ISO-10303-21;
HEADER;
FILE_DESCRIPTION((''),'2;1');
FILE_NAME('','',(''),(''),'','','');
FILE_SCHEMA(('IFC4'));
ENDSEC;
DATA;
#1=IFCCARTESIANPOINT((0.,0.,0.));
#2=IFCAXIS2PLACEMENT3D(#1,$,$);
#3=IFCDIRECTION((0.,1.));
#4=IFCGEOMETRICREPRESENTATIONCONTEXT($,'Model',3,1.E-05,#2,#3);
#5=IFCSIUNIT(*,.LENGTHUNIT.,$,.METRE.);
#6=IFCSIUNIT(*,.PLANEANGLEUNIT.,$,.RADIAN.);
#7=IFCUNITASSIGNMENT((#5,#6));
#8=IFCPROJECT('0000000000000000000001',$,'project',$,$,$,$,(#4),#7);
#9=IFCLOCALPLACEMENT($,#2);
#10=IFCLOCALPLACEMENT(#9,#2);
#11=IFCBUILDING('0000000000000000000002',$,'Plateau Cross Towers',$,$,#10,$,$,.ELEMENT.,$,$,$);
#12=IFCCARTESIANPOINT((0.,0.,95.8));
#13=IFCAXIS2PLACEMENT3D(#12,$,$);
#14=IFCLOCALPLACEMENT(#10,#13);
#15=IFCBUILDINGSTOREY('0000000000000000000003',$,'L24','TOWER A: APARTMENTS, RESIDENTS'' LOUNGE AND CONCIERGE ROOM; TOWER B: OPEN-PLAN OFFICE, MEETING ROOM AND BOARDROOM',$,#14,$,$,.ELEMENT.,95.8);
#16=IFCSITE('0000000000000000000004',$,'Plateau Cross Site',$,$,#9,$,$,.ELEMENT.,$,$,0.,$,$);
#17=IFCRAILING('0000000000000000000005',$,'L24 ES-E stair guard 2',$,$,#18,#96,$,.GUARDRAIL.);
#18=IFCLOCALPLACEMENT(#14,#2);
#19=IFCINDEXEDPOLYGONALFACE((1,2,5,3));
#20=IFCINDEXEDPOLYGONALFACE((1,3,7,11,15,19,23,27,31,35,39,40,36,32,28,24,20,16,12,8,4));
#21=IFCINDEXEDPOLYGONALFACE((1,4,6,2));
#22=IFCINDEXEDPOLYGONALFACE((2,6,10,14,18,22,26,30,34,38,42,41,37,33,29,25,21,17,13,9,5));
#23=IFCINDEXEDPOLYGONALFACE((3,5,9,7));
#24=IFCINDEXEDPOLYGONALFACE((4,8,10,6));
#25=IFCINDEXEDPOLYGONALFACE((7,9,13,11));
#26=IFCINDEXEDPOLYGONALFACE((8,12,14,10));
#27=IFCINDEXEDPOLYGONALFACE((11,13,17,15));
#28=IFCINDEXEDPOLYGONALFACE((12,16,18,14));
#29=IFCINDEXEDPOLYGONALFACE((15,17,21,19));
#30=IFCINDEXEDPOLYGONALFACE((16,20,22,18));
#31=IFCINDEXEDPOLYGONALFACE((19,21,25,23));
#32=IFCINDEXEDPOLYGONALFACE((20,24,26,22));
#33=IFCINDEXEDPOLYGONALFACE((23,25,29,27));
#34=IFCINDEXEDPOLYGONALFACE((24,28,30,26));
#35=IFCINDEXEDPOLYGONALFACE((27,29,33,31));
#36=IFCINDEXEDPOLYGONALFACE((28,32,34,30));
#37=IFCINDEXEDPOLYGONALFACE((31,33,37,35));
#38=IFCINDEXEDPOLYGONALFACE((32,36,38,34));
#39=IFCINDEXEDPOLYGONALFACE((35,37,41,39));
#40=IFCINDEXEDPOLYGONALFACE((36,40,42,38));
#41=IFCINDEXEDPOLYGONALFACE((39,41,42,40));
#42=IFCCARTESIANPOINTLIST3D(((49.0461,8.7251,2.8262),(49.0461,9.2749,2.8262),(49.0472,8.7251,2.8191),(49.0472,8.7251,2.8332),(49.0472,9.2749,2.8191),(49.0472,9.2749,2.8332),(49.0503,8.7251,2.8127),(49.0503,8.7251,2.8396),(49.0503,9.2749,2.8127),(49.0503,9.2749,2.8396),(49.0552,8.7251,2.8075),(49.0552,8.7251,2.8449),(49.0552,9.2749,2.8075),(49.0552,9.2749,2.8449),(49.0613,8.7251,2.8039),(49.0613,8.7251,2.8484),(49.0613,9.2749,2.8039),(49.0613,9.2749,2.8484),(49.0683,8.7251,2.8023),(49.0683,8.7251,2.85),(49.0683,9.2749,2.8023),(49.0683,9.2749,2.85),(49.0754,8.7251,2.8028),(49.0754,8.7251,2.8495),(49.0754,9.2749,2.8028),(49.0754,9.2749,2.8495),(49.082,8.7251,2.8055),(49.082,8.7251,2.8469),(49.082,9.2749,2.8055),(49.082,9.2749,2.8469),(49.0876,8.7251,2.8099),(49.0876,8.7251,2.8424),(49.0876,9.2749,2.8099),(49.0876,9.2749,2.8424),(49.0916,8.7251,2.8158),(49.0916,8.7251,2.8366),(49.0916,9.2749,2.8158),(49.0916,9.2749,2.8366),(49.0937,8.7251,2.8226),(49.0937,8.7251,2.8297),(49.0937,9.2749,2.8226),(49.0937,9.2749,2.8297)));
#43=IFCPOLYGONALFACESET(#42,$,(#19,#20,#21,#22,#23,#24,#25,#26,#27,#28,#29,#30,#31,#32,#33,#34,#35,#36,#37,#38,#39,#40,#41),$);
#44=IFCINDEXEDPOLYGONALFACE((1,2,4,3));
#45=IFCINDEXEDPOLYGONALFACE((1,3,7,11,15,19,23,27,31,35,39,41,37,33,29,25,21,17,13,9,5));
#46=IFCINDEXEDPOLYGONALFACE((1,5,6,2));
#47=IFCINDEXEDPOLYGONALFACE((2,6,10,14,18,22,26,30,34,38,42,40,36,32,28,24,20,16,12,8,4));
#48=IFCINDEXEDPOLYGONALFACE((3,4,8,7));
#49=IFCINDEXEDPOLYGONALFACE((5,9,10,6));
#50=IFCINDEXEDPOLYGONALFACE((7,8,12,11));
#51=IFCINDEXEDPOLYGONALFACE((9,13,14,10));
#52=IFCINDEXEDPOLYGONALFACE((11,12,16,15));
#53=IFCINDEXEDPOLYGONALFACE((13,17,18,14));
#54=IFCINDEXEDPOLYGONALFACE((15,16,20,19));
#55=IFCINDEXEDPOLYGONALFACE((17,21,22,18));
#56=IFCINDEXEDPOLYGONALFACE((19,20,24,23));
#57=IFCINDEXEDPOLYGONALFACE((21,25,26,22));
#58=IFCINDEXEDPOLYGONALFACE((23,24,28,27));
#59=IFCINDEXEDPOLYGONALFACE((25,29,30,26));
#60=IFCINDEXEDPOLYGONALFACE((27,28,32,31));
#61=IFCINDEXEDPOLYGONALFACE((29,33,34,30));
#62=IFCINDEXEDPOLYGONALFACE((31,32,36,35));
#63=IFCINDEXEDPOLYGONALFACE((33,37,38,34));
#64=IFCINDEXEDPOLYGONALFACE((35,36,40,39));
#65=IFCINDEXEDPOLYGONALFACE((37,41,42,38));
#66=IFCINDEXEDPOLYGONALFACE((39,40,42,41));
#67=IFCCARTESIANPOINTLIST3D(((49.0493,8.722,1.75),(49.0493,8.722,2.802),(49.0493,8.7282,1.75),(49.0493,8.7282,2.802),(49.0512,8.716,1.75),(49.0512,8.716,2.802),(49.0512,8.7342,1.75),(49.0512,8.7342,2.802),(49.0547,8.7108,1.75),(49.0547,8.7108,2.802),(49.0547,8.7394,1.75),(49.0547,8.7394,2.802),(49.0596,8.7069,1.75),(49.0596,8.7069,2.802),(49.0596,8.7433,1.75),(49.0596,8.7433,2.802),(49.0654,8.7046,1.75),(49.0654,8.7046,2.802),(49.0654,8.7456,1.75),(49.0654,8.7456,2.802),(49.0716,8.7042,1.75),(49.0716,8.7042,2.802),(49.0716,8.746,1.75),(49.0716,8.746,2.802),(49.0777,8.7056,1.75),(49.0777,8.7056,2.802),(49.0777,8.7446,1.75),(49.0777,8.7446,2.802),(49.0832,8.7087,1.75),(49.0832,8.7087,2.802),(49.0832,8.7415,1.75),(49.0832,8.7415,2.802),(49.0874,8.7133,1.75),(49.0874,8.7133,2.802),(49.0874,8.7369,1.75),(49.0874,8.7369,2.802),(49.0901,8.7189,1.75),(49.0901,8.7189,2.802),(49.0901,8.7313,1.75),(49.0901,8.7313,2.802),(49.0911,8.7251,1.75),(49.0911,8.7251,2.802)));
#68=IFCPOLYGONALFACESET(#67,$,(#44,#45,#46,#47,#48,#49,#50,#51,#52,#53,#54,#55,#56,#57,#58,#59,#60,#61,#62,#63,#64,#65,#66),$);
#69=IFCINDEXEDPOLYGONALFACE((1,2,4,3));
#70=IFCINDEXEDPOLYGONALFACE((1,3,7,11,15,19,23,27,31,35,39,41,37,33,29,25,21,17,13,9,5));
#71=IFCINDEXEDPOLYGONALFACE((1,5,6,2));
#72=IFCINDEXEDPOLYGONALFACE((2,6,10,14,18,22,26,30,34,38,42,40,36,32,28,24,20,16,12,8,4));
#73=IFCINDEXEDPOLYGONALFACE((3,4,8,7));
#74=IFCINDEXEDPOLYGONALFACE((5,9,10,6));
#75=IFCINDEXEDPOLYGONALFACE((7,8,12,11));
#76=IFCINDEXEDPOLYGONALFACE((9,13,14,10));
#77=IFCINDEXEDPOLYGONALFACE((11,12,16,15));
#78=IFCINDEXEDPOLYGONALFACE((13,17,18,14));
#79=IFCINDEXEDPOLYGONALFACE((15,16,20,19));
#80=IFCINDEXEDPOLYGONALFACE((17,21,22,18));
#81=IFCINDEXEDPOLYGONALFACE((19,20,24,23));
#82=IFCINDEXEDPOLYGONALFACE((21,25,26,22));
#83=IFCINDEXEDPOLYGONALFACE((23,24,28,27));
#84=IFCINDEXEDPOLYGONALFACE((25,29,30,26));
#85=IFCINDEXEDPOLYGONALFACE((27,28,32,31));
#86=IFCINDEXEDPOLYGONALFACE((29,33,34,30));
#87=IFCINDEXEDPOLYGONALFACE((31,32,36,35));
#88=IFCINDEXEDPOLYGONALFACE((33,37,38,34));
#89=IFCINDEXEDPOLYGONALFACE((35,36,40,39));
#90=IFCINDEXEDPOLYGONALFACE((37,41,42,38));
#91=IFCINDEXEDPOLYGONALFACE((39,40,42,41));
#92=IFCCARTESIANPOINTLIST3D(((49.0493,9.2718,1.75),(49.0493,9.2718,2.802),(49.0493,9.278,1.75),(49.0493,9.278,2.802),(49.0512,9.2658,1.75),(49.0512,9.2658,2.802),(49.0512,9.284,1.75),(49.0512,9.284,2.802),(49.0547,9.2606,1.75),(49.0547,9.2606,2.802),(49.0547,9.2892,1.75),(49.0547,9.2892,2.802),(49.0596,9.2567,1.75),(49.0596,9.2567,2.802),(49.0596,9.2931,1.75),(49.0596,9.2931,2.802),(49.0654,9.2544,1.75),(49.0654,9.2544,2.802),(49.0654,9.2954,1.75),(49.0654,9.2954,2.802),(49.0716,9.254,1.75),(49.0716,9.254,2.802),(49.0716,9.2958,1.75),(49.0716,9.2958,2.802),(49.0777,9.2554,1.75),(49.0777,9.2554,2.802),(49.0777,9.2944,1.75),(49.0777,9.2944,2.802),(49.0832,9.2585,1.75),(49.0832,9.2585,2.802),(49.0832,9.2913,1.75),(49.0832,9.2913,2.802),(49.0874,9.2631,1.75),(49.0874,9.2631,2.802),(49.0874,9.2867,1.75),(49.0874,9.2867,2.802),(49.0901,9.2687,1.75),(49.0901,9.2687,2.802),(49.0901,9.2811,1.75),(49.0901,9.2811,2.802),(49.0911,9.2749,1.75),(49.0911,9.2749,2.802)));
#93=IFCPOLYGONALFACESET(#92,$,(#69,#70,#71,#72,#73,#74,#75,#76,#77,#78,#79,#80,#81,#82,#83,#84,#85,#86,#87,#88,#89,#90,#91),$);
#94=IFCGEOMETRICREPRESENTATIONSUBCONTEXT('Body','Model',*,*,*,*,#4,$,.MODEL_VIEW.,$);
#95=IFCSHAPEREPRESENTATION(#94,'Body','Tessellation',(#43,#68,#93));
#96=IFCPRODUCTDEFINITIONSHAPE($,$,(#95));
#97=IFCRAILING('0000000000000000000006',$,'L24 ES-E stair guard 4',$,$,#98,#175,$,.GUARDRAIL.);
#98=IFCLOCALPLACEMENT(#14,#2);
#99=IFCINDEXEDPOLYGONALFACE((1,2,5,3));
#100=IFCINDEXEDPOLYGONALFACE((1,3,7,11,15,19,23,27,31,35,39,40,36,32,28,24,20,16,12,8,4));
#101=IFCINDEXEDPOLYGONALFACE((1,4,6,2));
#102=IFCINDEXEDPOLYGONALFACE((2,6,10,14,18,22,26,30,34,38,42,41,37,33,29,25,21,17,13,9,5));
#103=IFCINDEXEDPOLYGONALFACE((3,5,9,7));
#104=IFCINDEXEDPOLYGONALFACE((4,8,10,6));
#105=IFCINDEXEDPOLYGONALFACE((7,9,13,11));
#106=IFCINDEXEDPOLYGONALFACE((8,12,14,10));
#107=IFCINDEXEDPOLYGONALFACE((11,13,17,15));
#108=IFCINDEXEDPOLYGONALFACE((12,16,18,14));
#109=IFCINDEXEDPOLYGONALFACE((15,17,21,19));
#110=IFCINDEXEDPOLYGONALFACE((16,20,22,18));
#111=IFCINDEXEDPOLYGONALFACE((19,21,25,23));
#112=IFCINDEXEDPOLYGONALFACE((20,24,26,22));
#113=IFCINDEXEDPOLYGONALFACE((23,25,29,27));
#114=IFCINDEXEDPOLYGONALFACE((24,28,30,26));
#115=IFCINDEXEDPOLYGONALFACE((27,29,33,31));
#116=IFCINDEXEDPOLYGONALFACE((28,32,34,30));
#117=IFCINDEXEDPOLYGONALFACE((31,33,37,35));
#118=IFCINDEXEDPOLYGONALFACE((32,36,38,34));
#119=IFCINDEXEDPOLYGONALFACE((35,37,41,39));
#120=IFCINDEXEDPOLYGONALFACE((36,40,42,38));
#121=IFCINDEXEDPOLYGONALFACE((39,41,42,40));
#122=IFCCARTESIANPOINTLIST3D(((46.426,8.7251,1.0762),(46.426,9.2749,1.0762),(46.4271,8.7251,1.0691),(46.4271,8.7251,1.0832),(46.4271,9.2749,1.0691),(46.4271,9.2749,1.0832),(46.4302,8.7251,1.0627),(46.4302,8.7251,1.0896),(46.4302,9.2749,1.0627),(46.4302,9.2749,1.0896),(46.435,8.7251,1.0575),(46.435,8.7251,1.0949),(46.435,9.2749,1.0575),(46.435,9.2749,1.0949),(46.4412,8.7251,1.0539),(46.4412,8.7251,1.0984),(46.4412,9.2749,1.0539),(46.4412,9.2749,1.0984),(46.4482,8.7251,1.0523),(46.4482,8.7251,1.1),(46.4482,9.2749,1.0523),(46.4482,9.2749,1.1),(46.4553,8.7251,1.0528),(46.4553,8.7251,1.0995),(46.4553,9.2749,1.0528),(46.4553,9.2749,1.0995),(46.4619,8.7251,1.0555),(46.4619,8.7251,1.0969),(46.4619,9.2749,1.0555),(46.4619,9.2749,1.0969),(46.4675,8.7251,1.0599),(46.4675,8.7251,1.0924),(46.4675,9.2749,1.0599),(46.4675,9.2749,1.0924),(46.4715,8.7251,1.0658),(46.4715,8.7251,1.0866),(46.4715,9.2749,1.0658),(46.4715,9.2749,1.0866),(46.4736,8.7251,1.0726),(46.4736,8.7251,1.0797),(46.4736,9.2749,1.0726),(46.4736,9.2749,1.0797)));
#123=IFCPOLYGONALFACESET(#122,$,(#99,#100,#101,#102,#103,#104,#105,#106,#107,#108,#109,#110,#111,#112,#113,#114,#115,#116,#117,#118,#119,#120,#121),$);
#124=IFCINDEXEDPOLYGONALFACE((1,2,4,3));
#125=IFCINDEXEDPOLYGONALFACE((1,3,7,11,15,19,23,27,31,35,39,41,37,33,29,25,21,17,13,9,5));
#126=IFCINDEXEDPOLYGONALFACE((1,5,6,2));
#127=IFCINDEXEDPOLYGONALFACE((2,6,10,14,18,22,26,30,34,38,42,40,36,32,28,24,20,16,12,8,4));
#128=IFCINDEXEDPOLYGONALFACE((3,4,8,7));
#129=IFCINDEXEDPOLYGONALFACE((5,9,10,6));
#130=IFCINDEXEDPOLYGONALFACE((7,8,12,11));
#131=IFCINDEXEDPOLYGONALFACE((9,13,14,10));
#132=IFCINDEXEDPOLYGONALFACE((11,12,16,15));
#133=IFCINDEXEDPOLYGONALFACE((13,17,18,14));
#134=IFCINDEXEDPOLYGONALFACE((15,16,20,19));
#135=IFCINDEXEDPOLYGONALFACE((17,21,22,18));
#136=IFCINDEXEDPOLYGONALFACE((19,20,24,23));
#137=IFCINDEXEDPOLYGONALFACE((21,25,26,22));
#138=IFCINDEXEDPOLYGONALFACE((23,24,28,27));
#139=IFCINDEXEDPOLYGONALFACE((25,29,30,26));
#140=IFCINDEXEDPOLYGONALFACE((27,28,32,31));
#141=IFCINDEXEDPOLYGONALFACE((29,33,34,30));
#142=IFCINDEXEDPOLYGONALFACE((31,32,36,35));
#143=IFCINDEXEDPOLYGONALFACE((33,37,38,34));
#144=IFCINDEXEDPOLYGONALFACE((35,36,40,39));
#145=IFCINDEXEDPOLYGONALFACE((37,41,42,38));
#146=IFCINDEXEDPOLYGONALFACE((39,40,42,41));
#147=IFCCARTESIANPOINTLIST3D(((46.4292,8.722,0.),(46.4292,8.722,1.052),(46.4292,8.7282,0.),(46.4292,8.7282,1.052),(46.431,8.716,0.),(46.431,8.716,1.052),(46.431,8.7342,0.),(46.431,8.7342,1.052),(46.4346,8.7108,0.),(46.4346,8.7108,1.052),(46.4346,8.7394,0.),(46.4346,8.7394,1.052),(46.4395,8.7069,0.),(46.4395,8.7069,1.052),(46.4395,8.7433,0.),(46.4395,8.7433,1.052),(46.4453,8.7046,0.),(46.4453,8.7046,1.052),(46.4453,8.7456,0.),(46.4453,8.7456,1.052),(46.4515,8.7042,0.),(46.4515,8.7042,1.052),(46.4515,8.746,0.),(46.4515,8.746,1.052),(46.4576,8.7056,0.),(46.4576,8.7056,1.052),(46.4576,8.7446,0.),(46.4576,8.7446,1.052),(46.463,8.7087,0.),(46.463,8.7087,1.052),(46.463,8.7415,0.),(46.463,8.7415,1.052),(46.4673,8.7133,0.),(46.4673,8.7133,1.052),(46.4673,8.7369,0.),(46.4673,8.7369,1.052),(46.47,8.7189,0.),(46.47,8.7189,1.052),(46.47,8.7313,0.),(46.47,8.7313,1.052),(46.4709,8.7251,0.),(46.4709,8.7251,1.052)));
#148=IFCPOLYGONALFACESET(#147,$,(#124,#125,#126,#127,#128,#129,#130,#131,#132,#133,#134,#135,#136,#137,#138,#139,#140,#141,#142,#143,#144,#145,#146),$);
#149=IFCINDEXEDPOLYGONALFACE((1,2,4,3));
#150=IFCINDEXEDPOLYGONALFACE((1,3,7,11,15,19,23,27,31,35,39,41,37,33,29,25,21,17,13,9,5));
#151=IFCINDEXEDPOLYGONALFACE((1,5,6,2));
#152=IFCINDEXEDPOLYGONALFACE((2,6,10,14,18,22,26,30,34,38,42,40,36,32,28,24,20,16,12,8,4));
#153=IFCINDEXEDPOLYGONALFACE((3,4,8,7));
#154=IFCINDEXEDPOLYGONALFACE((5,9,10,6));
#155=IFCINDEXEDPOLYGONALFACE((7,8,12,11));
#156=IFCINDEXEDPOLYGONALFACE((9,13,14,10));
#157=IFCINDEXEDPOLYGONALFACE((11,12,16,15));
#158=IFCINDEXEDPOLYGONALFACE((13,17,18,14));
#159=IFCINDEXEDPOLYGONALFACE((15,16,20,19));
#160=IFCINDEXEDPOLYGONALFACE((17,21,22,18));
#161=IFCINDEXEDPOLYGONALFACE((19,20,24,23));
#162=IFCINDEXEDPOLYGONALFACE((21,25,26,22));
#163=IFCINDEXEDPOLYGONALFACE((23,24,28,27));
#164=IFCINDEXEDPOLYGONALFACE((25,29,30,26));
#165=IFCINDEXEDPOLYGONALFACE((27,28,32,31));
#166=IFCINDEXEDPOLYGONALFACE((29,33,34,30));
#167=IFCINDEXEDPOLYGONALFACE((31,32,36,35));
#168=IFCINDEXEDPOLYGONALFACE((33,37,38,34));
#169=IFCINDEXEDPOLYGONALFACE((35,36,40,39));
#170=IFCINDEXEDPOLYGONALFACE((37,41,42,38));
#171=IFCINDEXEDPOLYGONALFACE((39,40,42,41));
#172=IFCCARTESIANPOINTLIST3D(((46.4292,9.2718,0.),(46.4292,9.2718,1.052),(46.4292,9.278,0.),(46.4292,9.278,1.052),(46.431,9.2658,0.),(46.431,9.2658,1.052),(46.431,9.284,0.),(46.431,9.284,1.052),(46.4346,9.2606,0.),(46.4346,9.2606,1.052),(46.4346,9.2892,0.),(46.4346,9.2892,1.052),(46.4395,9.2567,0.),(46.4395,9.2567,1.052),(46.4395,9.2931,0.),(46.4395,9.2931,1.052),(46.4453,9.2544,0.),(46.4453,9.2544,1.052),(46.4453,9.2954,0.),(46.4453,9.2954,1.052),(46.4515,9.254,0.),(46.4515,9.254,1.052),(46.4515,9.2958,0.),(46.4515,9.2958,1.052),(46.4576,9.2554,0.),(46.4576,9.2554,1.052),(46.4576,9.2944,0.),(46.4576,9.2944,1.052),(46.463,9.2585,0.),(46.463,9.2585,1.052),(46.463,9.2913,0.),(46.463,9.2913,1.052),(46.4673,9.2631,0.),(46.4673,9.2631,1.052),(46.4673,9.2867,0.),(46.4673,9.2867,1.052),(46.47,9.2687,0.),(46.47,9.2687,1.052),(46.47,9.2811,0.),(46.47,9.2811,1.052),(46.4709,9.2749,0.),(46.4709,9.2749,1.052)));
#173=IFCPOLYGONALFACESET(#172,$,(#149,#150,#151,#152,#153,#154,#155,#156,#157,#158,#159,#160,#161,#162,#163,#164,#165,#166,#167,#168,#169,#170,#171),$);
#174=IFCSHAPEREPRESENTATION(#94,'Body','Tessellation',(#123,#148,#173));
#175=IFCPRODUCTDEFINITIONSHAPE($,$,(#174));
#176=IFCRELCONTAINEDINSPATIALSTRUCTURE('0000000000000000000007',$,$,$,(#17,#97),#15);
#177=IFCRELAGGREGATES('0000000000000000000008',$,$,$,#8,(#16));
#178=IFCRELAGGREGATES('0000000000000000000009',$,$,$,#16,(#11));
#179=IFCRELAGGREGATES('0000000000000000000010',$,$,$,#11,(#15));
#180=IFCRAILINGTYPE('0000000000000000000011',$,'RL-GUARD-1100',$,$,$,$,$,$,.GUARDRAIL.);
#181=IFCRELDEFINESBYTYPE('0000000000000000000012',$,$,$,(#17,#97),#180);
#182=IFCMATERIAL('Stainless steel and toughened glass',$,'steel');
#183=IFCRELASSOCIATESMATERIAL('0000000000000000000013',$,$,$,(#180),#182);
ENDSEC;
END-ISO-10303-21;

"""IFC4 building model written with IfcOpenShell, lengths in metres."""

from ifc_helpers import new_model, si_unit, direction, frame, origin, origin_2d, place, context, subcontext, project, spatial, circle, extrude, material, type_object, element, save


model = new_model("IFC4")

# Units and contexts
model_context = context("Model", 3, precision=1e-05, world=origin(), true_north=direction((0.0, 1.0)))
body_context = subcontext(model_context, "Body", "Model", "MODEL_VIEW")
ifc_project = project(units=[si_unit("LENGTHUNIT", "METRE"), si_unit("PLANEANGLEUNIT", "RADIAN")], contexts=[model_context])

# Site, building, storey
site_placement = place(None, origin())
site = spatial("IfcSite", under=ifc_project, at=site_placement, Name="Plateau Cross Site", CompositionType="ELEMENT", RefElevation=0.0)
building_placement = place(site_placement, origin())
building = spatial("IfcBuilding", under=site, at=building_placement, Name="Plateau Cross Towers", CompositionType="ELEMENT")
storey_placement = place(building_placement, frame((0.0, 0.0, 95.8)))
storey = spatial("IfcBuildingStorey", under=building, at=storey_placement, Name="L24", Description="TOWER A: APARTMENTS, RESIDENTS' LOUNGE AND CONCIERGE ROOM; TOWER B: OPEN-PLAN OFFICE, MEETING ROOM AND BOARDROOM", CompositionType="ELEMENT", Elevation=95.8)

# Railings
ifc_material_1 = material(Name="Stainless steel and toughened glass", Category="steel")
railing_type_1 = type_object("IfcRailingType", Name="RL-GUARD-1100", PredefinedType="GUARDRAIL", material=ifc_material_1)
for number, where, name in (
    (1, (49.0701, 8.7251, 1.75), "L24 ES-E stair guard 2"),
    (2, (46.45, 8.7251, 0.0), "L24 ES-E stair guard 4"),
):
    element("IfcRailing", number, at=place(storey_placement, frame(where)), inside=storey, type_object=railing_type_1, Name=name, PredefinedType="GUARDRAIL", context=body_context, shape_type="SweptSolid", body=[
        extrude(circle(Radius=0.0239, at=origin_2d()), frame((0.0, 0.0, 1.0762), z_axis=(0.0, 1.0, 0.0), x_axis=(-1.0, 0.0, 0.0)), (0.0, 0.0, 1.0), 0.5498),
        extrude(circle(Radius=0.021, at=origin_2d()), origin(), (0.0, 0.0, 1.0), 1.052),
        extrude(circle(Radius=0.021, at=origin_2d()), frame((0.0, 0.5498, 0.0)), (0.0, 0.0, 1.0), 1.052),
    ])

save(model, "model.ifc")
